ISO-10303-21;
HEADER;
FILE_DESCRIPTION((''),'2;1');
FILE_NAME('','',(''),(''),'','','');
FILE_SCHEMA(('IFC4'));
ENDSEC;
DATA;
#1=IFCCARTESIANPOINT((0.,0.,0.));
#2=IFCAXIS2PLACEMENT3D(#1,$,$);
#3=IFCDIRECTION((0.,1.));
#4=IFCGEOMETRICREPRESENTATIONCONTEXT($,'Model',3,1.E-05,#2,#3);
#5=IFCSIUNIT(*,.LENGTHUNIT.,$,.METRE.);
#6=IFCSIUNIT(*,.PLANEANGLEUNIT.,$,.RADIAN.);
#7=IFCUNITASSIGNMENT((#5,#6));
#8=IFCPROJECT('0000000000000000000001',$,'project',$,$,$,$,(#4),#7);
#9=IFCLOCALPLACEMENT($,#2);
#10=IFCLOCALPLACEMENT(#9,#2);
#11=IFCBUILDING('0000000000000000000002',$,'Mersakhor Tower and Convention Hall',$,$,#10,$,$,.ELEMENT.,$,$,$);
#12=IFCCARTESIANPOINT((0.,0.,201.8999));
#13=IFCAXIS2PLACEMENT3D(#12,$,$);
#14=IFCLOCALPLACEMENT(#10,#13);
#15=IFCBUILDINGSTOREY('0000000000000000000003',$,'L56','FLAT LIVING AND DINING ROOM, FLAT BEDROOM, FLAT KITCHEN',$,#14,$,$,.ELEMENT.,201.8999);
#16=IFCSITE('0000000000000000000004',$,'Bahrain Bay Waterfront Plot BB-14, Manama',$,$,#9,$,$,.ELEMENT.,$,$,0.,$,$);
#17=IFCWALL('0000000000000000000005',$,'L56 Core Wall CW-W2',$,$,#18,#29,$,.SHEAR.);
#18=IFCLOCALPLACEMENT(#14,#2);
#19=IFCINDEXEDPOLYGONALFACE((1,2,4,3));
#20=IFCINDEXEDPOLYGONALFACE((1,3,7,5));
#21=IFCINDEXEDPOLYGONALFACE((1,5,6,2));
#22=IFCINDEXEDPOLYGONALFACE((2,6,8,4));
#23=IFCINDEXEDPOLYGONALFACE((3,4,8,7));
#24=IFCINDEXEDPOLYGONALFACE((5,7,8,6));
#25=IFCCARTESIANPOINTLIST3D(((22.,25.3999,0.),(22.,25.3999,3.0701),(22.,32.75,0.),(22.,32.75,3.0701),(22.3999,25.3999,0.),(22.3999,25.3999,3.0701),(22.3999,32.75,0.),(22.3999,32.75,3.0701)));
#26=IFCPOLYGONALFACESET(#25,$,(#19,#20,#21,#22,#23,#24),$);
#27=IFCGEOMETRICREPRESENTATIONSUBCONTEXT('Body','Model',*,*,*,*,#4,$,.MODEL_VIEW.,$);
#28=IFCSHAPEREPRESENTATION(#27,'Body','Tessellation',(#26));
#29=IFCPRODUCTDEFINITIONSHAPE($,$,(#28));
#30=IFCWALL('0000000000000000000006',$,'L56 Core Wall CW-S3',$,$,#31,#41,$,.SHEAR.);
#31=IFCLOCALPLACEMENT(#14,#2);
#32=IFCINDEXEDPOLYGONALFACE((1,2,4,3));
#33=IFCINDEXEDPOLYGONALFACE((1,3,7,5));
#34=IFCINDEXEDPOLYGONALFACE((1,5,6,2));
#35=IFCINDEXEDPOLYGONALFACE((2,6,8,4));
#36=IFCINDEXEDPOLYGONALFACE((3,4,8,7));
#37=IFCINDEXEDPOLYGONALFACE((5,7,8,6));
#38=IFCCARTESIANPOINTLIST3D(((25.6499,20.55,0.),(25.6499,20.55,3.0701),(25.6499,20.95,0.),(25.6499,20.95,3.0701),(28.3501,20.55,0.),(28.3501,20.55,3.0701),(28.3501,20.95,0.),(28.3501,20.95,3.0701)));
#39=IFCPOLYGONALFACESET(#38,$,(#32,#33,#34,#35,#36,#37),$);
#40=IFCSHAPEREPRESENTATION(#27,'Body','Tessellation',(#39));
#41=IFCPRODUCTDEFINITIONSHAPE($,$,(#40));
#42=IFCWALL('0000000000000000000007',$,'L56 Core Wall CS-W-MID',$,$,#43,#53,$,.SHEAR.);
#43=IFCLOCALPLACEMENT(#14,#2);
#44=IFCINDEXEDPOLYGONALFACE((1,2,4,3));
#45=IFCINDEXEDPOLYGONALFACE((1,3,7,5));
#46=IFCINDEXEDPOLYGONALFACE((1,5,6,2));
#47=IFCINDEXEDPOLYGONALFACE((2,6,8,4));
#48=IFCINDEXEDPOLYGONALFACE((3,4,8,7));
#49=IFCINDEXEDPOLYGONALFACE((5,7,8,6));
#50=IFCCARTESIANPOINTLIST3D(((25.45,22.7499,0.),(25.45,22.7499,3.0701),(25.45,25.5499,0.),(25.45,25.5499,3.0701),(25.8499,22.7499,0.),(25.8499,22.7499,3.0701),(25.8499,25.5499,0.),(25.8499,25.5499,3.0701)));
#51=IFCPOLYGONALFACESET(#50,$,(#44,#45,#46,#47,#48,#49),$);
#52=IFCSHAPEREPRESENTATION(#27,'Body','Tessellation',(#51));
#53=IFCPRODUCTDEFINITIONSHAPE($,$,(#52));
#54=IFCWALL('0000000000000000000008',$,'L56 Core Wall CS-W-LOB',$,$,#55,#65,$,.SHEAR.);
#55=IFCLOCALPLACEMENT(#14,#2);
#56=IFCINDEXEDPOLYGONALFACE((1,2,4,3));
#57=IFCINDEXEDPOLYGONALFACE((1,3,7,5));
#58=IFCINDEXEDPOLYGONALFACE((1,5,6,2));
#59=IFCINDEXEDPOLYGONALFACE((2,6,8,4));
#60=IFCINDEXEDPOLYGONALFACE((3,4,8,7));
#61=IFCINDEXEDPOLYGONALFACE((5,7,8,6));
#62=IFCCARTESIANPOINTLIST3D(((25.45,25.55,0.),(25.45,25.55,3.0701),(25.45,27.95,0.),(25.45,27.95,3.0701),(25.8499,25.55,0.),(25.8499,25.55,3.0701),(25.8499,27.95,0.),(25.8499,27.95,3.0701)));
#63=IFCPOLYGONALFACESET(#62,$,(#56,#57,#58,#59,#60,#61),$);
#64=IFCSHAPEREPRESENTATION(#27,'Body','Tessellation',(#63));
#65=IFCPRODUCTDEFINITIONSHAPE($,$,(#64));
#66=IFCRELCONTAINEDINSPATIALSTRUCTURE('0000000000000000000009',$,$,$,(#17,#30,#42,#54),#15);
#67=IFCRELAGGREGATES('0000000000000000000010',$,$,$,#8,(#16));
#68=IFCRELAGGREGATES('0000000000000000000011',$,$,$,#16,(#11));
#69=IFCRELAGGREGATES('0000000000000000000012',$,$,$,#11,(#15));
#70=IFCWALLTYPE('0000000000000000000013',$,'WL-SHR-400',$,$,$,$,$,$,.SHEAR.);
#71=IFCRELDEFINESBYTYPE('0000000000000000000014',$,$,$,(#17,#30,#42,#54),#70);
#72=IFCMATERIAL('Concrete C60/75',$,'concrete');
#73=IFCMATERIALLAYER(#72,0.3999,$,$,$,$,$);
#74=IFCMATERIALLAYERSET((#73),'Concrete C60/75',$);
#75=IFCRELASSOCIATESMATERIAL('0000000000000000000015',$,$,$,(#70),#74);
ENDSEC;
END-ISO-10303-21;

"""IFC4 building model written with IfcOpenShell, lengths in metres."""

from ifc_helpers import new_model, si_unit, direction, frame, frame_2d, origin, place, context, subcontext, project, spatial, rectangle, extrude, material, layer, layer_set, type_object, element, save


model = new_model("IFC4")

# Units and contexts
model_context = context("Model", 3, precision=1e-05, world=origin(), true_north=direction((0.0, 1.0)))
body_context = subcontext(model_context, "Body", "Model", "MODEL_VIEW")
ifc_project = project(units=[si_unit("LENGTHUNIT", "METRE"), si_unit("PLANEANGLEUNIT", "RADIAN")], contexts=[model_context])

# Site, building, storey
site_placement = place(None, origin())
site = spatial("IfcSite", under=ifc_project, at=site_placement, Name="Bahrain Bay Waterfront Plot BB-14, Manama", CompositionType="ELEMENT", RefElevation=0.0)
building_placement = place(site_placement, origin())
building = spatial("IfcBuilding", under=site, at=building_placement, Name="Mersakhor Tower and Convention Hall", CompositionType="ELEMENT")
storey_placement = place(building_placement, frame((0.0, 0.0, 201.8999)))
storey = spatial("IfcBuildingStorey", under=building, at=storey_placement, Name="L56", Description="FLAT LIVING AND DINING ROOM, FLAT BEDROOM, FLAT KITCHEN", CompositionType="ELEMENT", Elevation=201.8999)

# Walls
ifc_material_1 = material(Name="Concrete C60/75", Category="concrete")
ifc_layer_1 = layer(ifc_material_1, 0.3999)
ifc_layer_set_1 = layer_set([ifc_layer_1], Name="Concrete C60/75")
wall_type_1 = type_object("IfcWallType", Name="WL-SHR-400", PredefinedType="SHEAR", material=ifc_layer_set_1)
wall_1_placement = place(storey_placement, frame((22.2, 25.3999, 0.0), z_axis=(0.0, 0.0, 1.0), x_axis=(0.0, 1.0, 0.0)))
element("IfcWall", 1, at=wall_1_placement, inside=storey, type_object=wall_type_1, Name="L56 Core Wall CW-W2", PredefinedType="SHEAR", context=body_context, shape_type="SweptSolid", body=[
    extrude(rectangle(XDim=7.3501, YDim=0.3999, at=frame_2d((3.675, 0.0))), origin(), (0.0, 0.0, 1.0), 3.0701),
])
wall_2_placement = place(storey_placement, frame((28.3501, 20.75, 0.0), z_axis=(0.0, 0.0, 1.0), x_axis=(-1.0, 0.0, 0.0)))
element("IfcWall", 2, at=wall_2_placement, inside=storey, type_object=wall_type_1, Name="L56 Core Wall CW-S3", PredefinedType="SHEAR", context=body_context, shape_type="SweptSolid", body=[
    extrude(rectangle(XDim=2.7002, YDim=0.3999, at=frame_2d((1.3501, 0.0))), origin(), (0.0, 0.0, 1.0), 3.0701),
])

# Walls
wall_3_placement = place(storey_placement, frame((25.6499, 22.75, 0.0), z_axis=(0.0, 0.0, 1.0), x_axis=(0.0, 1.0, 0.0)))
element("IfcWall", 3, at=wall_3_placement, inside=storey, type_object=wall_type_1, Name="L56 Core Wall CS-W-MID", PredefinedType="SHEAR", context=body_context, shape_type="SweptSolid", body=[
    extrude(rectangle(XDim=2.8, YDim=0.3999, at=frame_2d((1.3999, 0.0))), origin(), (0.0, 0.0, 1.0), 3.0701),
])
wall_4_placement = place(storey_placement, frame((25.6499, 25.55, 0.0), z_axis=(0.0, 0.0, 1.0), x_axis=(0.0, 1.0, 0.0)))
element("IfcWall", 4, at=wall_4_placement, inside=storey, type_object=wall_type_1, Name="L56 Core Wall CS-W-LOB", PredefinedType="SHEAR", context=body_context, shape_type="SweptSolid", body=[
    extrude(rectangle(XDim=2.3999, YDim=0.3999, at=frame_2d((1.2, 0.0))), origin(), (0.0, 0.0, 1.0), 3.0701),
])

save(model, "model.ifc")
